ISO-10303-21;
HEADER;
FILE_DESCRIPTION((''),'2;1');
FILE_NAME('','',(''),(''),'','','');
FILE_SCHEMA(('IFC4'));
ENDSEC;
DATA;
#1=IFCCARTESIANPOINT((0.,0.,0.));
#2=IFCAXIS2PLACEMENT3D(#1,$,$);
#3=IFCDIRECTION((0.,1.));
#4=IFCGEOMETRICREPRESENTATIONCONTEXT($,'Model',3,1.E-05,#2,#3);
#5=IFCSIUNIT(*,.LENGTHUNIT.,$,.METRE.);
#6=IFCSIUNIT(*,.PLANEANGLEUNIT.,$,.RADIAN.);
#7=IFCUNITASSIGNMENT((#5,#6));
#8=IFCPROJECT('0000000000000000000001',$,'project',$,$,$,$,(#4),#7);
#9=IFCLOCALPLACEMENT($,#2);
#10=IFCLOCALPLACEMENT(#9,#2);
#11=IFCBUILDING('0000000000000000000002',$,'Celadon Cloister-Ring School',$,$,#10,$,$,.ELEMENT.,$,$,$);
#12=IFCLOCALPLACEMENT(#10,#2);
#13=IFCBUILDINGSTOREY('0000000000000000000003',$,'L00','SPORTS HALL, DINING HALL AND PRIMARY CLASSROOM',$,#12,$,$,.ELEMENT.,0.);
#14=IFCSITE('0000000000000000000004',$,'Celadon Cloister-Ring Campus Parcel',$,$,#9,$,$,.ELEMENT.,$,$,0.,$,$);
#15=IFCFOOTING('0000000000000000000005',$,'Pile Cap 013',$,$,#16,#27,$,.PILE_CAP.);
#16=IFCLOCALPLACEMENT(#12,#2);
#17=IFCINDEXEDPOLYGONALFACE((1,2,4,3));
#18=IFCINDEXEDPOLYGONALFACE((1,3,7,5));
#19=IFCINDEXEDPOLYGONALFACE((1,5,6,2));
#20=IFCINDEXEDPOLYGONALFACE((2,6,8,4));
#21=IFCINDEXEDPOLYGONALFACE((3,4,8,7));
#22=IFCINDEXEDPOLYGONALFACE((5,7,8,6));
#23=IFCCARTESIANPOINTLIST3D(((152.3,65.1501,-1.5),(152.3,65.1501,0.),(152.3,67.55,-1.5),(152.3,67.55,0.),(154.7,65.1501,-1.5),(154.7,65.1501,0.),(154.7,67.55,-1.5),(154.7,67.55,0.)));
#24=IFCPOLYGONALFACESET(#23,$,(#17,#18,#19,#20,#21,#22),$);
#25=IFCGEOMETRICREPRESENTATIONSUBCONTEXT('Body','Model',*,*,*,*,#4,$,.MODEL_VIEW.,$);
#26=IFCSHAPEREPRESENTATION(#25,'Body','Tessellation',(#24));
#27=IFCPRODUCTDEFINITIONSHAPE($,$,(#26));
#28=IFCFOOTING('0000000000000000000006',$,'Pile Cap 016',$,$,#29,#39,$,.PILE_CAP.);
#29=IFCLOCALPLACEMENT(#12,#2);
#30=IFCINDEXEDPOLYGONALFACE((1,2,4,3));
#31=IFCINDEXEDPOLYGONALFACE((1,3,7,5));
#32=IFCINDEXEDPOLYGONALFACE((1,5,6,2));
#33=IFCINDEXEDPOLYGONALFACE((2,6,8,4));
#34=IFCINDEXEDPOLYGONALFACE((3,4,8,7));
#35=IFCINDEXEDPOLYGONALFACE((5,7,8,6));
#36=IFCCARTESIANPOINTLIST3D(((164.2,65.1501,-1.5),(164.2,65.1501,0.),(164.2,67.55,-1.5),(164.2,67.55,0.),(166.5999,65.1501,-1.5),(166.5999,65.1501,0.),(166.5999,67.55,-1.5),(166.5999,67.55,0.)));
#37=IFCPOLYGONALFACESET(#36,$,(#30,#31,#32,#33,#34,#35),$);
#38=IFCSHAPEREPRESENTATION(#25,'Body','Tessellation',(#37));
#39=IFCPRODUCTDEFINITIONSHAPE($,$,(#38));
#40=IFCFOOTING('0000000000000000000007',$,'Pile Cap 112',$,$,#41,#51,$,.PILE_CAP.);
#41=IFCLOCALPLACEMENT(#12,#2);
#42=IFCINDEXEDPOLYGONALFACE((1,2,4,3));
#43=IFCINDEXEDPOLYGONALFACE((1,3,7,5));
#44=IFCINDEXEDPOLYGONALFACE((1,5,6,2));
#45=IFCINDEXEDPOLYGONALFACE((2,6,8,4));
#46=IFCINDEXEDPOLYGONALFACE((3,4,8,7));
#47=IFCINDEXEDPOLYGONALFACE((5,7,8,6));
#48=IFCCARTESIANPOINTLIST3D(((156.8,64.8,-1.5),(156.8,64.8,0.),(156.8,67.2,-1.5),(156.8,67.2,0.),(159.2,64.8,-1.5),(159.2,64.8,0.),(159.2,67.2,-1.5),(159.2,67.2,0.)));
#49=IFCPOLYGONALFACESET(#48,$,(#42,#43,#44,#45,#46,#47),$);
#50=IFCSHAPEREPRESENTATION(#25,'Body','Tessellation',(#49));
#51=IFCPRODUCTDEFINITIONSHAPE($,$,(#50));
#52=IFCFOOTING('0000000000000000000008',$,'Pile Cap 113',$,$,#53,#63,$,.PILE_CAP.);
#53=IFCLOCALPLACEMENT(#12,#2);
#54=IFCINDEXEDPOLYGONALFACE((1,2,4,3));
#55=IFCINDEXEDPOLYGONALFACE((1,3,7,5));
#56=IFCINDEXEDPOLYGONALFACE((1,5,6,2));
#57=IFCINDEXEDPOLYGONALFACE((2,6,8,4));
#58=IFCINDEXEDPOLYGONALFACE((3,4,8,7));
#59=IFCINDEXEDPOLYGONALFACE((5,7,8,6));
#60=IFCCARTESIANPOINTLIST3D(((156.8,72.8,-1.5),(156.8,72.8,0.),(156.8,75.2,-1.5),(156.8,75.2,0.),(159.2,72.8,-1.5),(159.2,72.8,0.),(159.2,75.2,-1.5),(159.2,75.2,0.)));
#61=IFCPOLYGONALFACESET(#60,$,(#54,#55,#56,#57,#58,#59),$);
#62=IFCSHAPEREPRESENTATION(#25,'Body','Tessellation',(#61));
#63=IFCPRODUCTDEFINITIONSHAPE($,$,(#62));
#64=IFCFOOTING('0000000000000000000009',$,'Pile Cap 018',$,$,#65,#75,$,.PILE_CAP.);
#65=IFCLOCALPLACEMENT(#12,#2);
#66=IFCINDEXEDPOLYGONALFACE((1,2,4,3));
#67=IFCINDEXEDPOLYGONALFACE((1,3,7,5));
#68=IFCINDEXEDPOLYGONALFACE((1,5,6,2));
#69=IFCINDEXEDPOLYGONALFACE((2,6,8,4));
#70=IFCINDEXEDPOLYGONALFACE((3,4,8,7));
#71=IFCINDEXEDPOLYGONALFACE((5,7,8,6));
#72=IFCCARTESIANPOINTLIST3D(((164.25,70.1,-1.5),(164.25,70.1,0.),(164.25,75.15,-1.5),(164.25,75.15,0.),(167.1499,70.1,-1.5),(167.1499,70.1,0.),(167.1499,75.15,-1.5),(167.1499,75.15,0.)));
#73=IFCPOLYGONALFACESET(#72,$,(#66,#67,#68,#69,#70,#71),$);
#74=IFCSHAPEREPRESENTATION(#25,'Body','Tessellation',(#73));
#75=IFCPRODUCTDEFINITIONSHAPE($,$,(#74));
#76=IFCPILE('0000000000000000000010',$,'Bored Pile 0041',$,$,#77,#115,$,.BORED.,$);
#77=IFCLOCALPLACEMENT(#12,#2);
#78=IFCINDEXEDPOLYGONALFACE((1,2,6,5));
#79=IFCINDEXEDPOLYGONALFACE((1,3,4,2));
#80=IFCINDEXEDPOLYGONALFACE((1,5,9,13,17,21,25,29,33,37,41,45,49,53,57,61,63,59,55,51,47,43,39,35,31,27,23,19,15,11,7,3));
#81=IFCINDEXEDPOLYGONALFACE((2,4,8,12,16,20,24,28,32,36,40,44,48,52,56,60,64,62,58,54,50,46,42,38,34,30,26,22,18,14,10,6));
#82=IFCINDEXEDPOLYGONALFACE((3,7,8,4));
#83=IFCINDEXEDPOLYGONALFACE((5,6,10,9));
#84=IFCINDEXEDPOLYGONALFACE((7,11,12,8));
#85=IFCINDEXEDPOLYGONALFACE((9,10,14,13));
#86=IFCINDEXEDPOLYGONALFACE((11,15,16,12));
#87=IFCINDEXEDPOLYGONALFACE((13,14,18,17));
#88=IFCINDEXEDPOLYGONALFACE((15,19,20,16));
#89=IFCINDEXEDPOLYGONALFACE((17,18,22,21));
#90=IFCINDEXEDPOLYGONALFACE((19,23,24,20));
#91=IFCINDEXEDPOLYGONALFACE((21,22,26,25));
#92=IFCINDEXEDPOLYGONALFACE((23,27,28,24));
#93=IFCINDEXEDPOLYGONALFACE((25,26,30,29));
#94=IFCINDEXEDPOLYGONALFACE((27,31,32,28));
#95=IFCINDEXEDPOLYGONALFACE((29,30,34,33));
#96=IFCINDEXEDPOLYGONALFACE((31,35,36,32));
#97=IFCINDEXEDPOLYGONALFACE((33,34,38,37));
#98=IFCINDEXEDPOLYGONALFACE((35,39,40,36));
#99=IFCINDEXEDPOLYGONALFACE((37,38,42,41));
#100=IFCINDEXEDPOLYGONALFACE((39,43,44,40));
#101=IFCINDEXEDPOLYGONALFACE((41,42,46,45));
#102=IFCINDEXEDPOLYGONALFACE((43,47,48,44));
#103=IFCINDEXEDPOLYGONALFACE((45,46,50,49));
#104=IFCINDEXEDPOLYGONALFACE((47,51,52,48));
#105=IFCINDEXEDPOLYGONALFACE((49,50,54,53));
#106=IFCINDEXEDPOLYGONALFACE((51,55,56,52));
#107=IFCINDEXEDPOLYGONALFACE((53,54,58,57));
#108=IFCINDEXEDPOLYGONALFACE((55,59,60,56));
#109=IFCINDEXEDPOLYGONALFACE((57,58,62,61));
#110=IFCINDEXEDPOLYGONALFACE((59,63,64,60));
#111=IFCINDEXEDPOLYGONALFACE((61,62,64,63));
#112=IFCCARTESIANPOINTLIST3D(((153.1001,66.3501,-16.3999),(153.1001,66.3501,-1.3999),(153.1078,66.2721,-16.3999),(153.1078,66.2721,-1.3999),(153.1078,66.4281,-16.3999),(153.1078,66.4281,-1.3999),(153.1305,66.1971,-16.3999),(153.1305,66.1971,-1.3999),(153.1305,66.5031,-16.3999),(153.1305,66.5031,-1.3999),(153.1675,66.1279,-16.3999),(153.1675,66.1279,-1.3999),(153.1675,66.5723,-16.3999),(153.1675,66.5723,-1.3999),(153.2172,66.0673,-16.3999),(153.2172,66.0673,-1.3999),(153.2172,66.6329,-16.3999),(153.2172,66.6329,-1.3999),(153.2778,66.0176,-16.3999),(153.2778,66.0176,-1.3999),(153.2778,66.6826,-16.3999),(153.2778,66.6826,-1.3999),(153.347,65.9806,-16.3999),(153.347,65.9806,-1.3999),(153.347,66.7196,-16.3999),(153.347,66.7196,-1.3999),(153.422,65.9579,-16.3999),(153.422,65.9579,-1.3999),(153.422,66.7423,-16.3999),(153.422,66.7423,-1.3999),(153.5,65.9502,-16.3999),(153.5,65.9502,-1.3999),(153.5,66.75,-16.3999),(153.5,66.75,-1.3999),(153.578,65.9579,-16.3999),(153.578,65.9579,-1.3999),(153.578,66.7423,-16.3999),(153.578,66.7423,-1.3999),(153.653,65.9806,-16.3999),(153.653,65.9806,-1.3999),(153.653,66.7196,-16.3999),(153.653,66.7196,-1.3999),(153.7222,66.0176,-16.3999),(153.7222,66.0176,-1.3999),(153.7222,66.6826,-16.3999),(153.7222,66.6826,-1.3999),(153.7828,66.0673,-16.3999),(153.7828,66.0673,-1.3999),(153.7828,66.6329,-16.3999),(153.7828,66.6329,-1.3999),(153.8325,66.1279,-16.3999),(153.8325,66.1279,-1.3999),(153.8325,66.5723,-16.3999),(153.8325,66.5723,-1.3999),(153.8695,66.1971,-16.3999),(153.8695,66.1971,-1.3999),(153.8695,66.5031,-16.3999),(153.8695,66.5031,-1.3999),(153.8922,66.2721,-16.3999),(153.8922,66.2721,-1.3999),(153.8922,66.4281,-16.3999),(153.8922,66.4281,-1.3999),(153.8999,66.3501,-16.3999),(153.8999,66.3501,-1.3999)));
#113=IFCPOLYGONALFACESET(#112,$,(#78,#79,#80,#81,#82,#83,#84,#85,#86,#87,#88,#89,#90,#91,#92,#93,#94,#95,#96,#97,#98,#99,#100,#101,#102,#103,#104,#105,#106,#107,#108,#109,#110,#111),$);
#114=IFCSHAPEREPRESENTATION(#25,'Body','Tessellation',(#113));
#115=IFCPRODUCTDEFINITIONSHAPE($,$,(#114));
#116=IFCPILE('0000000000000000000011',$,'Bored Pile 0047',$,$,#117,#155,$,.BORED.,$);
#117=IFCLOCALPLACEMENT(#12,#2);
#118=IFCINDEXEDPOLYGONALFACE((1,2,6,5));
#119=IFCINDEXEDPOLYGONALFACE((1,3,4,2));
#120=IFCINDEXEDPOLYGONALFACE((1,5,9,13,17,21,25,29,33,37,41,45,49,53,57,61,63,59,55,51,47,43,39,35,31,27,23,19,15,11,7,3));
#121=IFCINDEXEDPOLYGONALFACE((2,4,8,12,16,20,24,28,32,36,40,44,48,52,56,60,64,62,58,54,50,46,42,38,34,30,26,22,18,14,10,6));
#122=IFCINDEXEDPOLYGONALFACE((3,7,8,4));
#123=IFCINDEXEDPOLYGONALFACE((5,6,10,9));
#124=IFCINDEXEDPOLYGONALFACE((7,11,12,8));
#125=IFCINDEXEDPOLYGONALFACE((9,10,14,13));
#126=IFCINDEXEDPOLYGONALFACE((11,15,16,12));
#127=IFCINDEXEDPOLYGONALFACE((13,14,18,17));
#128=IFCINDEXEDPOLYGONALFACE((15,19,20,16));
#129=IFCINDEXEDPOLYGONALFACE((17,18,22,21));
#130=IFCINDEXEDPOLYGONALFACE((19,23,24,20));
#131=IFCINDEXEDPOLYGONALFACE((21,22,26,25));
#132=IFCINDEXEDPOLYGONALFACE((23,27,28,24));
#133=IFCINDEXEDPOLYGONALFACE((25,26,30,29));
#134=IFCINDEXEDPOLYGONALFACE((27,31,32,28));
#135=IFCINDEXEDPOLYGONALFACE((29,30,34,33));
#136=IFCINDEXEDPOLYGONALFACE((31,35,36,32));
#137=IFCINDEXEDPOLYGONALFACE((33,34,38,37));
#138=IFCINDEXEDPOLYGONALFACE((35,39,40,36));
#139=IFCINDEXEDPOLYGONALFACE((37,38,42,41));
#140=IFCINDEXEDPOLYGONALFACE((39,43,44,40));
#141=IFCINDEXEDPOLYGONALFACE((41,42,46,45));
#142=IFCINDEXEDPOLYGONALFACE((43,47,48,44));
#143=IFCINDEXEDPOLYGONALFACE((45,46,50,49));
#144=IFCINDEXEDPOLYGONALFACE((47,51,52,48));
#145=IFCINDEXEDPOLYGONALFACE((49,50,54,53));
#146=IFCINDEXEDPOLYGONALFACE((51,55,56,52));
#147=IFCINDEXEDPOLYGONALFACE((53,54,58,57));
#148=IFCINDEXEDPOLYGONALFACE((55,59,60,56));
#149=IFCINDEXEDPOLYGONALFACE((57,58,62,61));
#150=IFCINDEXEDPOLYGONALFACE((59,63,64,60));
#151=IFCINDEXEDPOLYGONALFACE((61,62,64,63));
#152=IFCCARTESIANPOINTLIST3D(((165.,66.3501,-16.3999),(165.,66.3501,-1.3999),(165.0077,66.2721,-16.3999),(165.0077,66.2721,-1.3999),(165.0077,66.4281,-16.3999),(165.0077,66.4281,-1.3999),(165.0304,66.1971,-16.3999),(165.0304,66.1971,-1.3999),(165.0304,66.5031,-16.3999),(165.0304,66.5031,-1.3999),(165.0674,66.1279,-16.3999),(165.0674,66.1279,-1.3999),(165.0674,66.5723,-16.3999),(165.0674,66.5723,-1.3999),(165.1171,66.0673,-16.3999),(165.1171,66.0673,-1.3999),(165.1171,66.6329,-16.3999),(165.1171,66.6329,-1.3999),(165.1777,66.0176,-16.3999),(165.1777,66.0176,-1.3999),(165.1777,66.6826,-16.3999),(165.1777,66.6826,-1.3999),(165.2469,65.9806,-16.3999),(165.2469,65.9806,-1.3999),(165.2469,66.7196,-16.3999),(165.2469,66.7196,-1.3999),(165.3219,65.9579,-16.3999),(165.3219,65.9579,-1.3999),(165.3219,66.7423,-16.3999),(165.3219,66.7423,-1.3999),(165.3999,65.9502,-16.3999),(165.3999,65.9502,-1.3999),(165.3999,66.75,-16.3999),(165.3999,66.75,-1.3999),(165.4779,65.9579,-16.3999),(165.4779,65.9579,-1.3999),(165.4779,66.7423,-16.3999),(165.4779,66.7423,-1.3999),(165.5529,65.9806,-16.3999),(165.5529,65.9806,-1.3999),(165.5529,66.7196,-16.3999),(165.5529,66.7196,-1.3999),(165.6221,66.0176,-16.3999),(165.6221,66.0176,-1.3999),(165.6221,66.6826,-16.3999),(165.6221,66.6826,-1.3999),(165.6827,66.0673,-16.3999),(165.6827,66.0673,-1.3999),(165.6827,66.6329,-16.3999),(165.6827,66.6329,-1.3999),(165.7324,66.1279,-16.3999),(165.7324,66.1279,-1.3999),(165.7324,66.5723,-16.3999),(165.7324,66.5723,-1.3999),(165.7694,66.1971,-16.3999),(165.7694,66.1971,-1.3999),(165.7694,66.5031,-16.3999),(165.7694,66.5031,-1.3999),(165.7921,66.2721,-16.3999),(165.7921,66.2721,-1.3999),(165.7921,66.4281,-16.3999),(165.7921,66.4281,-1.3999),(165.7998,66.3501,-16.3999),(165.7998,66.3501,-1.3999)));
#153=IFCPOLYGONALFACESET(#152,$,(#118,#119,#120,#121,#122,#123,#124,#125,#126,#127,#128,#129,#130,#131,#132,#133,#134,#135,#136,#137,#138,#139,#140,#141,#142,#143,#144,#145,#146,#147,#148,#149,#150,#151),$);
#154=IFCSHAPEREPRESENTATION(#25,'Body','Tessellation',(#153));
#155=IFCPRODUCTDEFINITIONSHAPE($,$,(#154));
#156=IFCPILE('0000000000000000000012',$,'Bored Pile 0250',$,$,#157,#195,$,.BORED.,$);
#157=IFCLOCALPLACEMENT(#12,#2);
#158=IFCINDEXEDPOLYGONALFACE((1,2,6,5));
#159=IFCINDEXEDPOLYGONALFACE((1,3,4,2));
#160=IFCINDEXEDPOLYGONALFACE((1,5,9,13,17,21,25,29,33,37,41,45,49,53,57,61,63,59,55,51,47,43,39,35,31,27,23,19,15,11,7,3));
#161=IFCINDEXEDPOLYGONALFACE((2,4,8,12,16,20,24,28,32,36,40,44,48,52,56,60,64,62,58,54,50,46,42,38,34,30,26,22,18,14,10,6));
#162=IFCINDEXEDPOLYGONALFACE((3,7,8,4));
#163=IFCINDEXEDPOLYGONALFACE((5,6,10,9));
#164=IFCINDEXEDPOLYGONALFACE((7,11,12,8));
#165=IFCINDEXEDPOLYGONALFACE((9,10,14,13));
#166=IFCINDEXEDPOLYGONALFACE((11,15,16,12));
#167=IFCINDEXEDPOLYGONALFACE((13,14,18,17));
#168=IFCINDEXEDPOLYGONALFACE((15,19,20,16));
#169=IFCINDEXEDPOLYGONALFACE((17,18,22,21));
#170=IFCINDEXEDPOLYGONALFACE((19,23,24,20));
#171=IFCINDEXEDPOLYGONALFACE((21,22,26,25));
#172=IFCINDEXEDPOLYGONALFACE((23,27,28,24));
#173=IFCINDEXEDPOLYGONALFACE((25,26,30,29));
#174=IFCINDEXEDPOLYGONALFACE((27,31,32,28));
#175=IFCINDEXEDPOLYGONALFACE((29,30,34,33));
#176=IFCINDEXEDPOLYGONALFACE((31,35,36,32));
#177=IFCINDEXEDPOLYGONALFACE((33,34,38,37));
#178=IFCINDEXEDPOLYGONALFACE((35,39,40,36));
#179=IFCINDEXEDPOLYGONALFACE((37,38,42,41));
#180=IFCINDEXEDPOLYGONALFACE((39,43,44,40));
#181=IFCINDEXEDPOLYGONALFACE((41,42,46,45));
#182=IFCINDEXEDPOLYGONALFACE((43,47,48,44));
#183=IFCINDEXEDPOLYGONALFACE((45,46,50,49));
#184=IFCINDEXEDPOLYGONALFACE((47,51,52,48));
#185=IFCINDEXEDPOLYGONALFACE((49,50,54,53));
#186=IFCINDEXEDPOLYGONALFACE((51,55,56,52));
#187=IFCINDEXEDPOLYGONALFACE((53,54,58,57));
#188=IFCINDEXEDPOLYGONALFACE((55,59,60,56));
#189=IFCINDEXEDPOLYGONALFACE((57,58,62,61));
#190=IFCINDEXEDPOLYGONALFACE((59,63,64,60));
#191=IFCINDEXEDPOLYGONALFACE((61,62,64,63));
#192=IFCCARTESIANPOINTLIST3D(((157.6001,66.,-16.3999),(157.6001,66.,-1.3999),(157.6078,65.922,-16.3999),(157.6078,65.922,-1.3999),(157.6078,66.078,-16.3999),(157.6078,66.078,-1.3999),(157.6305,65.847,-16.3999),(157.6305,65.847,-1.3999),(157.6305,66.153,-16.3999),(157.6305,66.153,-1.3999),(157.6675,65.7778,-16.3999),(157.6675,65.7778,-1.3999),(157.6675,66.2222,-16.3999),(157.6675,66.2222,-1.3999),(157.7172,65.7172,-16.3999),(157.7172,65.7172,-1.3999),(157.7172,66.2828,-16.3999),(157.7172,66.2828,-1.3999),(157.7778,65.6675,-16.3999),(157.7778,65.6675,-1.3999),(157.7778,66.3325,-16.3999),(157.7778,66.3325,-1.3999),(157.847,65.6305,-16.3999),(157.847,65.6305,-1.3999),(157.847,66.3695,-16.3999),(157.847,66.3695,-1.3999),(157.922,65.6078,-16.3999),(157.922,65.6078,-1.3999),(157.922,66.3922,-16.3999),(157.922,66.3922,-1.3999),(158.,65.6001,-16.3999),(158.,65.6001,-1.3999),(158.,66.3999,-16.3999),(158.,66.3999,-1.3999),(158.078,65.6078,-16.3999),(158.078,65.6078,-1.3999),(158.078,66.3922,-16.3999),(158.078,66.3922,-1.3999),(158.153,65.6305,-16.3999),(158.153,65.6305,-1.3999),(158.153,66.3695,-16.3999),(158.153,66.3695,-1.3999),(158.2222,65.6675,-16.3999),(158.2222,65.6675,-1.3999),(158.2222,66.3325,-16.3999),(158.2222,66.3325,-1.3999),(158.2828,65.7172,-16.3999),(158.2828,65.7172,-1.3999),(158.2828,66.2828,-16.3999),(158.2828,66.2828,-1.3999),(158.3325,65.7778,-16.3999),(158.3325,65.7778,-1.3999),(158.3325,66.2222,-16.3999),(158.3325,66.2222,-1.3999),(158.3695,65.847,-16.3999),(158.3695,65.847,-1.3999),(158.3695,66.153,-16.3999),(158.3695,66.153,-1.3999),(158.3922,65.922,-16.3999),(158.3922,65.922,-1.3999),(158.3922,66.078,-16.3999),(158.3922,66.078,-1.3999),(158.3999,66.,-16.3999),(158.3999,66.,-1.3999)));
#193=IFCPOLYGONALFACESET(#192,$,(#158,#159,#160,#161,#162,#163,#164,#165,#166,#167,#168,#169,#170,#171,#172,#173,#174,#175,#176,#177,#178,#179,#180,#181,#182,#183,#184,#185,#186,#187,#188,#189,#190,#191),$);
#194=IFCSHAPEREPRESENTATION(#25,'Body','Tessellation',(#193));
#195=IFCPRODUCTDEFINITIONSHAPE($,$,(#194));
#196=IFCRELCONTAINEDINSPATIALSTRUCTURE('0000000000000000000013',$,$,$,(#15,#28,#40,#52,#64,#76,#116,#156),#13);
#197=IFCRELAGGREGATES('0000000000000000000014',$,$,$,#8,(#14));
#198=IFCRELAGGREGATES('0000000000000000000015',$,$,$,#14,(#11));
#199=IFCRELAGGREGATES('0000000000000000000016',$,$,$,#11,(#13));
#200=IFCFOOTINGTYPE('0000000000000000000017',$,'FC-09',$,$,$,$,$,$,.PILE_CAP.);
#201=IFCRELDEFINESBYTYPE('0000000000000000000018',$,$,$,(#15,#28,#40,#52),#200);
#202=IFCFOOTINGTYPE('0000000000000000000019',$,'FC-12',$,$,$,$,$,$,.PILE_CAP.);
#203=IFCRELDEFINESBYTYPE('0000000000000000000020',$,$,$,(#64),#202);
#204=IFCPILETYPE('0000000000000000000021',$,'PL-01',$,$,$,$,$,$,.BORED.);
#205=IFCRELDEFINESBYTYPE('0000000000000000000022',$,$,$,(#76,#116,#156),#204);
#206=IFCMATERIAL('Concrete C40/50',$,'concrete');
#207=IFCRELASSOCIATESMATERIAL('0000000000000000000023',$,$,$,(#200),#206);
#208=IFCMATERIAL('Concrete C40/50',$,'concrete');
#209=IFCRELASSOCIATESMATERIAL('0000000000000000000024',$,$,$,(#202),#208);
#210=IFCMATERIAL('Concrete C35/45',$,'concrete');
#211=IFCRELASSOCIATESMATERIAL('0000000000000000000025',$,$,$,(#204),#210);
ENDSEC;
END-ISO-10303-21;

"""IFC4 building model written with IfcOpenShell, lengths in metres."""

from ifc_helpers import new_model, si_unit, direction, frame, origin, origin_2d, place, context, subcontext, project, spatial, rectangle, circle, extrude, material, material_profile, profile_set, type_object, element, save


model = new_model("IFC4")

# Units and contexts
model_context = context("Model", 3, precision=1e-05, world=origin(), true_north=direction((0.0, 1.0)))
body_context = subcontext(model_context, "Body", "Model", "MODEL_VIEW")
ifc_project = project(units=[si_unit("LENGTHUNIT", "METRE"), si_unit("PLANEANGLEUNIT", "RADIAN")], contexts=[model_context])

# Site, building, storey
site_placement = place(None, origin())
site = spatial("IfcSite", under=ifc_project, at=site_placement, Name="Celadon Cloister-Ring Campus Parcel", CompositionType="ELEMENT", RefElevation=0.0)
building_placement = place(site_placement, origin())
building = spatial("IfcBuilding", under=site, at=building_placement, Name="Celadon Cloister-Ring School", CompositionType="ELEMENT")
storey_placement = place(building_placement, origin())
storey = spatial("IfcBuildingStorey", under=building, at=storey_placement, Name="L00", Description="SPORTS HALL, DINING HALL AND PRIMARY CLASSROOM", CompositionType="ELEMENT", Elevation=0.0)

# Footings
ifc_material_1 = material(Name="Concrete C40/50", Category="concrete")
footing_type_1 = type_object("IfcFootingType", Name="FC-09", PredefinedType="PILE_CAP", material=ifc_material_1)
for number, where, z_axis, x_axis, name in (
    (1, (153.5, 66.3501, -1.5), (0.0, 0.0, 1.0), (1.0, 0.0, 0.0), "Pile Cap 013"),
    (2, (165.3999, 66.3501, -1.5), (0.0, 0.0, 1.0), (1.0, 0.0, 0.0), "Pile Cap 016"),
    (3, (158.0, 66.0, -1.5), (0.0, 0.0, 1.0), (1.0, 0.0, 0.0), "Pile Cap 112"),
    (4, (158.0, 74.0, -1.5), (0.0, 0.0, 1.0), (1.0, 0.0, 0.0), "Pile Cap 113"),
):
    element("IfcFooting", number, at=place(storey_placement, frame(where, z_axis=z_axis, x_axis=x_axis)), inside=storey, type_object=footing_type_1, Name=name, PredefinedType="PILE_CAP", context=body_context, shape_type="SweptSolid", body=[
        extrude(rectangle(XDim=2.3999, YDim=2.3999, at=origin_2d()), origin(), (0.0, 0.0, 1.0), 1.5),
    ])
ifc_material_2 = material(Name="Concrete C40/50", Category="concrete")
footing_type_2 = type_object("IfcFootingType", Name="FC-12", PredefinedType="PILE_CAP", material=ifc_material_2)
footing_placement = place(storey_placement, frame((165.7, 72.625, -1.5), z_axis=(0.0, 0.0, 1.0), x_axis=(1.0, 0.0, 0.0)))
element("IfcFooting", 5, at=footing_placement, inside=storey, type_object=footing_type_2, Name="Pile Cap 018", PredefinedType="PILE_CAP", context=body_context, shape_type="SweptSolid", body=[
    extrude(rectangle(XDim=2.8999, YDim=5.05, at=origin_2d()), origin(), (0.0, 0.0, 1.0), 1.5),
])

# Piles
ifc_material_3 = material(Name="Concrete C35/45", Category="concrete")
ifc_material_profile_1 = material_profile(ifc_material_3, circle(Radius=0.3999, at=origin_2d()), Name="PILE800")
ifc_profile_set_1 = profile_set([ifc_material_profile_1], Name="Concrete C35/45")
pile_type_1 = type_object("IfcPileType", Name="PL-01", PredefinedType="BORED", material=ifc_profile_set_1)
for number, where, z_axis, x_axis, name in (
    (6, (153.5, 66.3501, -1.3999), (0.0, 0.0, -1.0), (1.0, 0.0, 0.0), "Bored Pile 0041"),
    (7, (165.3999, 66.3501, -1.3999), (0.0, 0.0, -1.0), (1.0, 0.0, 0.0), "Bored Pile 0047"),
    (8, (158.0, 66.0, -1.3999), (0.0, 0.0, -1.0), (1.0, 0.0, 0.0), "Bored Pile 0250"),
):
    element("IfcPile", number, at=place(storey_placement, frame(where, z_axis=z_axis, x_axis=x_axis)), inside=storey, type_object=pile_type_1, Name=name, PredefinedType="BORED", context=body_context, shape_type="SweptSolid", body=[
        extrude(circle(Radius=0.3999, at=origin_2d()), origin(), (0.0, 0.0, 1.0), 15.0),
    ])

save(model, "model.ifc")
